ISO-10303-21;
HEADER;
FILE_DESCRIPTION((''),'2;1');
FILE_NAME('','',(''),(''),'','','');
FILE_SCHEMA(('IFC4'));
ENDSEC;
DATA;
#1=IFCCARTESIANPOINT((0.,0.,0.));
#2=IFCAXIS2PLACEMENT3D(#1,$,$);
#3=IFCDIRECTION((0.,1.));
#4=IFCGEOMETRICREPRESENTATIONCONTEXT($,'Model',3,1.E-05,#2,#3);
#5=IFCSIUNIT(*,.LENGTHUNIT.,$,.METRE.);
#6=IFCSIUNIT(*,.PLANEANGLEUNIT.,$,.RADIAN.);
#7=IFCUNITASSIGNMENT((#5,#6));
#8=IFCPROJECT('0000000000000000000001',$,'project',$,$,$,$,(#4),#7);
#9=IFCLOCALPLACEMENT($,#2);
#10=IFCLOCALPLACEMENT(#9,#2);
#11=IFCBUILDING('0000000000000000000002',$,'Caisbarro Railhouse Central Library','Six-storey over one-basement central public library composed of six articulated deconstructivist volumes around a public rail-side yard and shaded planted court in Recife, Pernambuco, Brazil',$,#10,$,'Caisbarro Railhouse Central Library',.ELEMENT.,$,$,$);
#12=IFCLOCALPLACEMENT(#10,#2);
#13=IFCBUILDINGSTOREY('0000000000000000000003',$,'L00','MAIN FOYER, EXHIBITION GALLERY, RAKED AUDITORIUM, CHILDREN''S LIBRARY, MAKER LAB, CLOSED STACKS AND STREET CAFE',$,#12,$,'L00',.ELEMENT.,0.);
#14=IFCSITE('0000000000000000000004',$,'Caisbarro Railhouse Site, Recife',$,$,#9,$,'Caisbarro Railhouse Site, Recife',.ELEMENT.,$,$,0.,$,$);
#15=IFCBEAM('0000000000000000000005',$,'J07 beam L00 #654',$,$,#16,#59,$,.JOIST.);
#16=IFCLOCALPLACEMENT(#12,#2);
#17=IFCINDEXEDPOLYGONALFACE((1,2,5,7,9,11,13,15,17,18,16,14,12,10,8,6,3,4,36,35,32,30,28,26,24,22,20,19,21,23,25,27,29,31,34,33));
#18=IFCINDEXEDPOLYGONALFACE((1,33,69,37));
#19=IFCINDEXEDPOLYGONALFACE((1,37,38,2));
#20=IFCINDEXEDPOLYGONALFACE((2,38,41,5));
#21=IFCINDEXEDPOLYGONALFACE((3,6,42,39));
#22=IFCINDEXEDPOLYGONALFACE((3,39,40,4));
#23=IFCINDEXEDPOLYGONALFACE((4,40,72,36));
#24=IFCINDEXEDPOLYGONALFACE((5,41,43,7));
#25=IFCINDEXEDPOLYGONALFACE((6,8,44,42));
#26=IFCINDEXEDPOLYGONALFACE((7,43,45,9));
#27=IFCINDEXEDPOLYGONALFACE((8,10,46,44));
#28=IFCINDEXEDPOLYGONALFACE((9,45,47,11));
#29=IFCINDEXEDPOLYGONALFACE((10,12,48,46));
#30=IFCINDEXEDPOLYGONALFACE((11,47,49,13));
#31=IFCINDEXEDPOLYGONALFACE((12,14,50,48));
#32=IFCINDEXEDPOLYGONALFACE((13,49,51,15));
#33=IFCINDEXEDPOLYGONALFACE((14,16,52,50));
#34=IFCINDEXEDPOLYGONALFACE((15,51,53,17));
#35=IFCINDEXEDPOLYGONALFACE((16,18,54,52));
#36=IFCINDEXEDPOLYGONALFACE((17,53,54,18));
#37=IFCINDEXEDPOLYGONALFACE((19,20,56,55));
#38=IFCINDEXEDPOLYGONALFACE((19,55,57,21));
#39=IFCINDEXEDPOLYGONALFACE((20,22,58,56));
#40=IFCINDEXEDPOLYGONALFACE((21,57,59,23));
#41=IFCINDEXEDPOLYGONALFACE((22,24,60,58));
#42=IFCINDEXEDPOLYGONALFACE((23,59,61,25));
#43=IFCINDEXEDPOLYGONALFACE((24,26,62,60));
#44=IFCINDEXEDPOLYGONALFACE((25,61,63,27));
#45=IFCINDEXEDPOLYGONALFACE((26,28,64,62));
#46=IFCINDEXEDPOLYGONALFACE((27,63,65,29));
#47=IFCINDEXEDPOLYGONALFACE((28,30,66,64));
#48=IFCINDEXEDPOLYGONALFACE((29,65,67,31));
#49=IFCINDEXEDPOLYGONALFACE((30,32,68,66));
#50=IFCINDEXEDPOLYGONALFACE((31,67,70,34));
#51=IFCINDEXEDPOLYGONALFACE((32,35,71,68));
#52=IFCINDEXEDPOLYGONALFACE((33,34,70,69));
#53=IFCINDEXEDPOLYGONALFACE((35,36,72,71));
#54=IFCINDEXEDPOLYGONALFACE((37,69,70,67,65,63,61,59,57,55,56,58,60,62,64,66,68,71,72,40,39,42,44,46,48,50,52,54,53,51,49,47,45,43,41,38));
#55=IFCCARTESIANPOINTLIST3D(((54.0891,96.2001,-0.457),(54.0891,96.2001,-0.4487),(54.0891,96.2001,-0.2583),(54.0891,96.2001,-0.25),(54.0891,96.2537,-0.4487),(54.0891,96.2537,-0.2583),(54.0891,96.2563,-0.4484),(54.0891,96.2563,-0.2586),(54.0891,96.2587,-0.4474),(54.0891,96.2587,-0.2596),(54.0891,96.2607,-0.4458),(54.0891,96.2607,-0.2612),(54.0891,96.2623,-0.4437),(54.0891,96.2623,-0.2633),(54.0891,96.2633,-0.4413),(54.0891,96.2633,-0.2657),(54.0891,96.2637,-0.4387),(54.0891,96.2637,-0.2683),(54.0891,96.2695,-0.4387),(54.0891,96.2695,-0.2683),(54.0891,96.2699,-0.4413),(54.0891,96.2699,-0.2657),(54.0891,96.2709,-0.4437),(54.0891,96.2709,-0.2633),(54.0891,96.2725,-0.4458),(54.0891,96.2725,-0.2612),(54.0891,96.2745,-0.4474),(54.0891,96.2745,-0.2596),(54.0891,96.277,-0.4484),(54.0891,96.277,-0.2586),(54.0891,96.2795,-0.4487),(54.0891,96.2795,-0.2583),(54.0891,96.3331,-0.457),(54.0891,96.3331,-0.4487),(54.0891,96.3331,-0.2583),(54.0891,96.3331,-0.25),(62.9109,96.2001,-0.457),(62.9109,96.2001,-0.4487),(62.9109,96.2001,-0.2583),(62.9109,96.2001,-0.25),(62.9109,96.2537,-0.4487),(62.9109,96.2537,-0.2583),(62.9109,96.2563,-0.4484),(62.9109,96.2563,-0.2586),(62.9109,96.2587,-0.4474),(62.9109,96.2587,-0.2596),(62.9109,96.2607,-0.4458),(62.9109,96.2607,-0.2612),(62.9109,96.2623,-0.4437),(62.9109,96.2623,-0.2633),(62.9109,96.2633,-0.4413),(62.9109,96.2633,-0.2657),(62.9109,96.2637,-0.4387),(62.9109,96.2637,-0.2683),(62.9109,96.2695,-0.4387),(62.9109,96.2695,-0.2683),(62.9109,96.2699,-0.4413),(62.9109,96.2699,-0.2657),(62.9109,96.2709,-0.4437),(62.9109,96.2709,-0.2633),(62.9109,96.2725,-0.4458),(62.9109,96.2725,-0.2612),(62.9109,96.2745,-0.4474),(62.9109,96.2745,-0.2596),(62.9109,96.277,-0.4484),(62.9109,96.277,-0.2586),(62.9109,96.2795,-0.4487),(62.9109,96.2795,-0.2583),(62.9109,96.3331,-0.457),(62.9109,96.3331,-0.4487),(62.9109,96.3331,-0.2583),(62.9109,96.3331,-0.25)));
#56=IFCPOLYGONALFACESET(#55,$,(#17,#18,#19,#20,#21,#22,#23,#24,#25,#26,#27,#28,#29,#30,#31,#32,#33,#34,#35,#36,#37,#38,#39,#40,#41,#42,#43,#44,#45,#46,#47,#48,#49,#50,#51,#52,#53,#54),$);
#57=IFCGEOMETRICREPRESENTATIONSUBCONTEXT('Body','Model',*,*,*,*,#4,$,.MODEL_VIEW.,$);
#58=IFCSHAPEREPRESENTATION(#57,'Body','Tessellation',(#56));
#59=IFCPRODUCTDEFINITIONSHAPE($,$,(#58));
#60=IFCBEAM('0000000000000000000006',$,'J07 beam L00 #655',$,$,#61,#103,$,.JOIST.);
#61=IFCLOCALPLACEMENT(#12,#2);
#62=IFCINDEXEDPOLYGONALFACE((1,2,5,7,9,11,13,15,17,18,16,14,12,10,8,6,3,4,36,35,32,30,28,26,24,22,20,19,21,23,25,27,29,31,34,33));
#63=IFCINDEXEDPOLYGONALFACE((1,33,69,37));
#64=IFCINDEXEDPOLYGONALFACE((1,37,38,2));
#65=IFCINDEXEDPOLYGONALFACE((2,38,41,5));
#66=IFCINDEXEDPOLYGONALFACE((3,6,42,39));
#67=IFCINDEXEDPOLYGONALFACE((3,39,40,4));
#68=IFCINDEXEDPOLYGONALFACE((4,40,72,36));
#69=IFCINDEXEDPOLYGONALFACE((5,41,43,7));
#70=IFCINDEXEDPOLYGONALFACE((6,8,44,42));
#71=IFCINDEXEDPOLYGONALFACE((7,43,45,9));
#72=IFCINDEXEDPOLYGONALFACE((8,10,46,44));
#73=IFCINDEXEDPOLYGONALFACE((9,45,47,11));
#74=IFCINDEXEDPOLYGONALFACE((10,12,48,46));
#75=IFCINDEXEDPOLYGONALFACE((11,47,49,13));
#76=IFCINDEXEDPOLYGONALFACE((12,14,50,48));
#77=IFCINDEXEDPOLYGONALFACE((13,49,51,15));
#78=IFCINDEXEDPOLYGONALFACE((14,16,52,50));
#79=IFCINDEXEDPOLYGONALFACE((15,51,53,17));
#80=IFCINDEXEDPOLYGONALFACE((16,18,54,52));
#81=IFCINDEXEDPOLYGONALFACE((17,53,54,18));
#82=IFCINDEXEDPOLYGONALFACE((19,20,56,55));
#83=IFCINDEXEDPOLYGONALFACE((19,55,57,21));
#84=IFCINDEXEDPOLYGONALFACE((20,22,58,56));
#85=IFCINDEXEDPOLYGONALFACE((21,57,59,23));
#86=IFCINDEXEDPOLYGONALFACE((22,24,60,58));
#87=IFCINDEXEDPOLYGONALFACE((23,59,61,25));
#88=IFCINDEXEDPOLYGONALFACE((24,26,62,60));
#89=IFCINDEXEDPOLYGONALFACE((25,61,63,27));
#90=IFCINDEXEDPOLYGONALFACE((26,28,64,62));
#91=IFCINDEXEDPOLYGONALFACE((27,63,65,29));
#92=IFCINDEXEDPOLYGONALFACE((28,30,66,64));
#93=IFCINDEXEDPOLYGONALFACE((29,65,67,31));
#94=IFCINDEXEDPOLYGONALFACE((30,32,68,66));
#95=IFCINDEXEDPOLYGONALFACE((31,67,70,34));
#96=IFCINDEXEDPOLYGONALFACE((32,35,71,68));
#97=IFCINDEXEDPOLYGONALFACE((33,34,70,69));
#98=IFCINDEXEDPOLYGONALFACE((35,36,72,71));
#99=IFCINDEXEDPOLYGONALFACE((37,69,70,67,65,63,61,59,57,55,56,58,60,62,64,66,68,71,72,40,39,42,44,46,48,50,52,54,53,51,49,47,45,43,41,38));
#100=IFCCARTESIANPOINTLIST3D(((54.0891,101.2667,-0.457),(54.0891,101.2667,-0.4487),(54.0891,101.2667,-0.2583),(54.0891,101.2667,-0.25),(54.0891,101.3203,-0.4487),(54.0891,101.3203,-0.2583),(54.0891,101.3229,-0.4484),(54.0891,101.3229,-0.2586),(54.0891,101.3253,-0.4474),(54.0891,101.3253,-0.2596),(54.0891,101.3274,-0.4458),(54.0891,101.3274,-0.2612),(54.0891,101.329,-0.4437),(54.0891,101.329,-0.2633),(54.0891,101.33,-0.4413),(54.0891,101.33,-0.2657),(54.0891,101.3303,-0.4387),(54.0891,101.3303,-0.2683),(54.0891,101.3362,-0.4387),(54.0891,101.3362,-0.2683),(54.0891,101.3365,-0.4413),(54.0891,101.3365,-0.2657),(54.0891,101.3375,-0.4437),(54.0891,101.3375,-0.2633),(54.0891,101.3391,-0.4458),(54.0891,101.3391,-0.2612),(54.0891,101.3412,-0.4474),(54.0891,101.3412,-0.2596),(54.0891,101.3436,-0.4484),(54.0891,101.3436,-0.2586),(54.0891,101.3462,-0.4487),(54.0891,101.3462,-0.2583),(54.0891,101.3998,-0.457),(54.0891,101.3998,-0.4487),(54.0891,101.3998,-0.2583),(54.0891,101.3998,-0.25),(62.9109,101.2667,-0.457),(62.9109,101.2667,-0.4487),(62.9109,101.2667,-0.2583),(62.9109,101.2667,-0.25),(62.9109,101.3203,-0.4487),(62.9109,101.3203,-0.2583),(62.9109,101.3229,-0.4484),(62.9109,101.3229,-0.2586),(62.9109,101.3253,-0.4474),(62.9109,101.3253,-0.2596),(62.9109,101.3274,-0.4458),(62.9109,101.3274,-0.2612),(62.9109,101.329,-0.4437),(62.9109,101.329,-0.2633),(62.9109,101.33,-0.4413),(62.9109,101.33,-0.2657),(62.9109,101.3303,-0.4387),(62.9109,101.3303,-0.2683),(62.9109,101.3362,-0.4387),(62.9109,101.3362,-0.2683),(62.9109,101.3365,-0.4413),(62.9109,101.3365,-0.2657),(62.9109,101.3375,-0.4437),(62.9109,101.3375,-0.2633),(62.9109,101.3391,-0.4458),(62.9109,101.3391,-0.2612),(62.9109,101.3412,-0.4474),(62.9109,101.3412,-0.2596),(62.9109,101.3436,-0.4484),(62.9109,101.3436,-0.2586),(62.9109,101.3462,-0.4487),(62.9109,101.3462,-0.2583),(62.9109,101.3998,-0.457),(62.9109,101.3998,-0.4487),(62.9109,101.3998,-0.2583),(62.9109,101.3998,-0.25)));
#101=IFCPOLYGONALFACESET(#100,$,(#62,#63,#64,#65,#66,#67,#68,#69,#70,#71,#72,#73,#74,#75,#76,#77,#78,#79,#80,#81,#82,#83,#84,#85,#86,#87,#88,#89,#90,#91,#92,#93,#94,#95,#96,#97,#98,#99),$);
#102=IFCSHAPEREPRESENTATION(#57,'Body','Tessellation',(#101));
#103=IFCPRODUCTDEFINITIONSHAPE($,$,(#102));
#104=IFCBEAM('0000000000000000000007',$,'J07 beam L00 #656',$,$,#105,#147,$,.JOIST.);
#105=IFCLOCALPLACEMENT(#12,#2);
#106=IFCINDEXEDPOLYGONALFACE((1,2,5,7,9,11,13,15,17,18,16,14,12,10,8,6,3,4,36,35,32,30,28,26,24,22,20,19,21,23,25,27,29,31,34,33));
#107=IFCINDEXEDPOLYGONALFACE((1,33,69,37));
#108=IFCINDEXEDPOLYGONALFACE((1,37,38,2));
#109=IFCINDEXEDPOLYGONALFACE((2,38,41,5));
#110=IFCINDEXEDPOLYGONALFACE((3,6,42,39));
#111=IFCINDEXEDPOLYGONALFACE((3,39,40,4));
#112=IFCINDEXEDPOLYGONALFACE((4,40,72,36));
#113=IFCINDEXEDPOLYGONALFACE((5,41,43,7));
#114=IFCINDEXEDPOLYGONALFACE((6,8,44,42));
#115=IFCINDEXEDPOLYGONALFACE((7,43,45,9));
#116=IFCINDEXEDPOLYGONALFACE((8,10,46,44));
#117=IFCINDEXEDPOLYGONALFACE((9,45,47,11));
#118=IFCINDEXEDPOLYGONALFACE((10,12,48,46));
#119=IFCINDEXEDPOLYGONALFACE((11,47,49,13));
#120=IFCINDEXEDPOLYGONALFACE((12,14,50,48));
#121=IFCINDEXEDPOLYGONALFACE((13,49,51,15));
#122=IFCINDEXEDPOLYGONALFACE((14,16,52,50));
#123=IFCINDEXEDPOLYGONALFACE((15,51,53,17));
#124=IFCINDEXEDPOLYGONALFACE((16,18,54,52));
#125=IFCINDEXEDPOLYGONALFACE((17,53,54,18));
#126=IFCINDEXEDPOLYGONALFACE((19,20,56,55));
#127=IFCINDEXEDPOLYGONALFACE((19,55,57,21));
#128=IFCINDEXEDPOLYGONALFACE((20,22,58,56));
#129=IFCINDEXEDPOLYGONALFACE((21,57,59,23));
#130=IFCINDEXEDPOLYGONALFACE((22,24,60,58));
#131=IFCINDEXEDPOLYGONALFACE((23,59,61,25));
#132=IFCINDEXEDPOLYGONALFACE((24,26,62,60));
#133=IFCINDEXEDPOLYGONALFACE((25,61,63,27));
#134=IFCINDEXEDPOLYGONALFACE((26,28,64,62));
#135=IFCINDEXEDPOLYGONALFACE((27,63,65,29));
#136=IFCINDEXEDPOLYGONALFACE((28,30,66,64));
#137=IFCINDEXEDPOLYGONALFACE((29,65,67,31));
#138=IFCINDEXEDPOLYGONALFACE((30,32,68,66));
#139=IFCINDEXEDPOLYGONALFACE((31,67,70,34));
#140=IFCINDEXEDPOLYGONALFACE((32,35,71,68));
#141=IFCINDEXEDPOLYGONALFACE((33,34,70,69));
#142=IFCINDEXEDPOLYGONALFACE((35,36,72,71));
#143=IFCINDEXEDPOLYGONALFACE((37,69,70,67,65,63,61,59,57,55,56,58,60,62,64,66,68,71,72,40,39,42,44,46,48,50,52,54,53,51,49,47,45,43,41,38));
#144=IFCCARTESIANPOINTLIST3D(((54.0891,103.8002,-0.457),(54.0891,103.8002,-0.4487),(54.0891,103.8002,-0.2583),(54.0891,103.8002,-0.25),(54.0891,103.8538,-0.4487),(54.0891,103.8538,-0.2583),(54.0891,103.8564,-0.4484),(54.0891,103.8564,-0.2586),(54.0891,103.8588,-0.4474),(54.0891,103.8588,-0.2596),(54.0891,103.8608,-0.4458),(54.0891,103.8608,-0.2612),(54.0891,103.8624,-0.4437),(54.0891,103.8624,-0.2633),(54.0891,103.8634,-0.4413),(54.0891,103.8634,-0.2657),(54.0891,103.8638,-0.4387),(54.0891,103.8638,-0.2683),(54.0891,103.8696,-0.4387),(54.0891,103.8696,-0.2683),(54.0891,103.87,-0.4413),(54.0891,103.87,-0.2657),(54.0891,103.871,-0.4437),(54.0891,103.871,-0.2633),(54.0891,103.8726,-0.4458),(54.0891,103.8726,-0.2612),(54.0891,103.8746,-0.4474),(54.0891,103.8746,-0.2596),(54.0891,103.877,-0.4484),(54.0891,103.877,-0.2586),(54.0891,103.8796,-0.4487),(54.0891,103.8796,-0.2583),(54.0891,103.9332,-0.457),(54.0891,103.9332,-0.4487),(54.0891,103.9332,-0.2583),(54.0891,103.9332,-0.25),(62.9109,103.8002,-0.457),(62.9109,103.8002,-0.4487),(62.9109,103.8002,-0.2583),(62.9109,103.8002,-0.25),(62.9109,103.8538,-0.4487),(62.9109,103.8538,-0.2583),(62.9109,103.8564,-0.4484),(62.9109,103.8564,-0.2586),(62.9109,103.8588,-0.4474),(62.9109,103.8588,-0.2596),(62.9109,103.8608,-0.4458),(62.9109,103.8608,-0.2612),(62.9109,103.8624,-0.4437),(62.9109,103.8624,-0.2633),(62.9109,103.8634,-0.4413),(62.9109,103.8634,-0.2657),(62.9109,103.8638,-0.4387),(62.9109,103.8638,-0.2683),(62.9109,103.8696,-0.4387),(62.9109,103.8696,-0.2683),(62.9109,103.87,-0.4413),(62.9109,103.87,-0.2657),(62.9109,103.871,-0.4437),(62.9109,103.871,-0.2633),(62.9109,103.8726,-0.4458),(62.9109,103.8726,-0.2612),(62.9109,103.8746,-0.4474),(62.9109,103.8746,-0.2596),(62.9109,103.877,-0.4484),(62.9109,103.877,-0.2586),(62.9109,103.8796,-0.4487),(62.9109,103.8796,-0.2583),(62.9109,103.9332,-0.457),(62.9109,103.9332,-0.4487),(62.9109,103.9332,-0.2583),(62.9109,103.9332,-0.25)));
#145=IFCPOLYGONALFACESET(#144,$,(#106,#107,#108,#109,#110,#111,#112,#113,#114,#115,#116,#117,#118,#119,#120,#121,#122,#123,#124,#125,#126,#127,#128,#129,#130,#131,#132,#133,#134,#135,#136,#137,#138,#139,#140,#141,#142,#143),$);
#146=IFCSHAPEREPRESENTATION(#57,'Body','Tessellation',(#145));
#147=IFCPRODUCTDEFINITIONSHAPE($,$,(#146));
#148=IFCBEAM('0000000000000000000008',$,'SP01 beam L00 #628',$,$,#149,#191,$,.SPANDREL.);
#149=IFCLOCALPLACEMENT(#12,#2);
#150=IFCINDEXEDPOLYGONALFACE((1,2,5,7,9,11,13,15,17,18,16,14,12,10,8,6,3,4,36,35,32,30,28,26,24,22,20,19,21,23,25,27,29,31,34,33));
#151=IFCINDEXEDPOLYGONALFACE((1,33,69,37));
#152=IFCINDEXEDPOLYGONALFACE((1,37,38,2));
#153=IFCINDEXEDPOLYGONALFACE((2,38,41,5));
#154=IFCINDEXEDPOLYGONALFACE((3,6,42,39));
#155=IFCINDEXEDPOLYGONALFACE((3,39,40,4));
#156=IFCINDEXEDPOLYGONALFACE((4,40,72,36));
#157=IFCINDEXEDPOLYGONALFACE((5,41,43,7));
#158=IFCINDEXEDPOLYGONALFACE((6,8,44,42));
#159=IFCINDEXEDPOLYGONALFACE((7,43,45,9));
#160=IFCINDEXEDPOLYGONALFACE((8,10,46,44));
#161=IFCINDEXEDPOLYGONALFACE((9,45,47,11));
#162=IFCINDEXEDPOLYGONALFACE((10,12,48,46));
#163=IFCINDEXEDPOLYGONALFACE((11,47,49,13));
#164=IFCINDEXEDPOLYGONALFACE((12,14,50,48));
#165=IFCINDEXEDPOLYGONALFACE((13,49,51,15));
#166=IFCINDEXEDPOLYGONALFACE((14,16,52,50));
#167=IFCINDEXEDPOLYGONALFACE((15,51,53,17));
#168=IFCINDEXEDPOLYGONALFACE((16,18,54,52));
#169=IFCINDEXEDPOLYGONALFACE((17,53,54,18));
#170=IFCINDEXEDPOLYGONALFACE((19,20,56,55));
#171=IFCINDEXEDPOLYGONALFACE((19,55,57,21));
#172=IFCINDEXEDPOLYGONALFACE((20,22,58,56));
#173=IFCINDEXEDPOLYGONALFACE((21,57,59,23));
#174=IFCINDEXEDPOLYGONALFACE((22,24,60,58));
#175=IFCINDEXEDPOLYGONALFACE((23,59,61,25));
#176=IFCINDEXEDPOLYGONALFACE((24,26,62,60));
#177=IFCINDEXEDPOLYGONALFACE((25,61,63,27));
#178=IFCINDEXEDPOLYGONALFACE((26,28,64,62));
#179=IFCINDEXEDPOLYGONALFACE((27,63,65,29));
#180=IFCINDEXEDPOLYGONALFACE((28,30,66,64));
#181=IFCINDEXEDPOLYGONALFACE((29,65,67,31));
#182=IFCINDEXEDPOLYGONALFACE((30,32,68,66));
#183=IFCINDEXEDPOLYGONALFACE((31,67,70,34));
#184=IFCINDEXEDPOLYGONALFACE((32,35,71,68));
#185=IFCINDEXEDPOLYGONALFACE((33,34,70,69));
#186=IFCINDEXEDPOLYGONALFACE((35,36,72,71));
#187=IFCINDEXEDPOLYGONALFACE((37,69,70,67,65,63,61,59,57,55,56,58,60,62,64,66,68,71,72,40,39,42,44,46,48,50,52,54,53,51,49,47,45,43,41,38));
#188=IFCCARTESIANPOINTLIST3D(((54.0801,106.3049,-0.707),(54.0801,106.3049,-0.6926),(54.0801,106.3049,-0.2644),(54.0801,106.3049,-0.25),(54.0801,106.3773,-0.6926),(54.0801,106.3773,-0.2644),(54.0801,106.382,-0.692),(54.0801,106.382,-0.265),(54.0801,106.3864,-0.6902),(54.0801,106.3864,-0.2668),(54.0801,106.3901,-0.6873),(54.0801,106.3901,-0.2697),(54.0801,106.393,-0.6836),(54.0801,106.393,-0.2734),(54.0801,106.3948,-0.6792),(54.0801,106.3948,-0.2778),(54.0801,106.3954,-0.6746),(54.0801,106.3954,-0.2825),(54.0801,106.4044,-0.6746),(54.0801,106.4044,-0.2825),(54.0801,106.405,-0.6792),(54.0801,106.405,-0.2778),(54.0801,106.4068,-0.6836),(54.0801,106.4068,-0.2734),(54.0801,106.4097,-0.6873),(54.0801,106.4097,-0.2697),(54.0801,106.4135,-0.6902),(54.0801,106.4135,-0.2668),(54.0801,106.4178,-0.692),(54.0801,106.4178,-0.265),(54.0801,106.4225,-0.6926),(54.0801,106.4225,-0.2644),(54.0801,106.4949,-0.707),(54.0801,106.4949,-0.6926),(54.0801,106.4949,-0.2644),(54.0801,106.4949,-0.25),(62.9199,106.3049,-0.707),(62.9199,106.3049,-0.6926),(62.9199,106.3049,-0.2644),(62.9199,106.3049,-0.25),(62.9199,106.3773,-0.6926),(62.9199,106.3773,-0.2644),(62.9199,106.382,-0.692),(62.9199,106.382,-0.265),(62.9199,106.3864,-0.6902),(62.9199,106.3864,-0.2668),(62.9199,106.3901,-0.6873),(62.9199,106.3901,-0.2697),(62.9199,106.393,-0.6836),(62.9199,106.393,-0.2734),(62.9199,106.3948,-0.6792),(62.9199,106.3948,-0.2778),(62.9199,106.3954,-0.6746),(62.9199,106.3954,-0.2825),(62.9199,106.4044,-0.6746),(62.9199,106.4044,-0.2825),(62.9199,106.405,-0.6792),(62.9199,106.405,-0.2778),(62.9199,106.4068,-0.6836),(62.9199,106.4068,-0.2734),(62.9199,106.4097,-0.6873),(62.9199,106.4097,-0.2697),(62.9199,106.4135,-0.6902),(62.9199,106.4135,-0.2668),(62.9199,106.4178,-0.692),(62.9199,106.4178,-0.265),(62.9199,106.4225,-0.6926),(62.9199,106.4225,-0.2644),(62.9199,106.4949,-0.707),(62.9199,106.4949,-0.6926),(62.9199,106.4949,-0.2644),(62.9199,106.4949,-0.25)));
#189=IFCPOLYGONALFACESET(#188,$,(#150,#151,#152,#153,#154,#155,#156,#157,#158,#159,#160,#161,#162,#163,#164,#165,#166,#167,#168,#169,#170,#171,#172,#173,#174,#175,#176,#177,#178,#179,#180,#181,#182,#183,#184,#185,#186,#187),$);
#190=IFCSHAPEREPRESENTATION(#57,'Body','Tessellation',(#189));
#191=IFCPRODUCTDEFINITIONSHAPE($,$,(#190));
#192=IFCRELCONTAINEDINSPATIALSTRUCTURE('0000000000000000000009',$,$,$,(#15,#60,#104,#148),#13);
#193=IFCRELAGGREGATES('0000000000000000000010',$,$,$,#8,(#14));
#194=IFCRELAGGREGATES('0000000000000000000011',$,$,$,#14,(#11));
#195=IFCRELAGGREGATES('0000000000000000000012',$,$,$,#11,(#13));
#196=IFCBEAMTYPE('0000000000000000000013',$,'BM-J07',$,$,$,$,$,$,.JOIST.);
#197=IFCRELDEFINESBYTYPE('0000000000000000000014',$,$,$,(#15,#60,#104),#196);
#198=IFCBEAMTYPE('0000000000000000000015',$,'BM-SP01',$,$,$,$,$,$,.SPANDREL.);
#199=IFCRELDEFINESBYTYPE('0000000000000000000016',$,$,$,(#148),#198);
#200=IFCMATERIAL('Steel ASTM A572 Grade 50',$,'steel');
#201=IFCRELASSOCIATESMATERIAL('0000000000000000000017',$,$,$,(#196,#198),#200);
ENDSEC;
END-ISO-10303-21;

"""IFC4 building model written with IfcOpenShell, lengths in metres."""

from ifc_helpers import new_model, si_unit, direction, frame, origin, origin_2d, place, context, subcontext, project, spatial, i_section, extrude, material, material_profile, profile_set, type_object, element, save


model = new_model("IFC4")

# Units and contexts
model_context = context("Model", 3, precision=1e-05, world=origin(), true_north=direction((0.0, 1.0)))
body_context = subcontext(model_context, "Body", "Model", "MODEL_VIEW")
ifc_project = project(units=[si_unit("LENGTHUNIT", "METRE"), si_unit("PLANEANGLEUNIT", "RADIAN")], contexts=[model_context])

# Site, building, storey
site_placement = place(None, origin())
site = spatial("IfcSite", under=ifc_project, at=site_placement, Name="Caisbarro Railhouse Site, Recife", LongName="Caisbarro Railhouse Site, Recife", CompositionType="ELEMENT", RefElevation=0.0)
building_placement = place(site_placement, origin())
building = spatial("IfcBuilding", under=site, at=building_placement, Name="Caisbarro Railhouse Central Library", Description="Six-storey over one-basement central public library composed of six articulated deconstructivist volumes around a public rail-side yard and shaded planted court in Recife, Pernambuco, Brazil", LongName="Caisbarro Railhouse Central Library", CompositionType="ELEMENT")
storey_placement = place(building_placement, origin())
storey = spatial("IfcBuildingStorey", under=building, at=storey_placement, Name="L00", Description="MAIN FOYER, EXHIBITION GALLERY, RAKED AUDITORIUM, CHILDREN'S LIBRARY, MAKER LAB, CLOSED STACKS AND STREET CAFE", LongName="L00", CompositionType="ELEMENT", Elevation=0.0)

# Shared definitions
ifc_material_1 = material(Name="Steel ASTM A572 Grade 50", Category="steel")

# Beams
ifc_material_profile_1 = material_profile(ifc_material_1, i_section(OverallWidth=0.1331, OverallDepth=0.207, WebThickness=0.0059, FlangeThickness=0.0083, FilletRadius=0.01, at=origin_2d()), Name="W200X26.6")
ifc_profile_set_1 = profile_set([ifc_material_profile_1], Name="Steel ASTM A572 Grade 50")
beam_type_1 = type_object("IfcBeamType", Name="BM-J07", PredefinedType="JOIST", material=ifc_profile_set_1)
for number, where, z_axis, x_axis, name in (
    (1, (54.0891, 96.2666, -0.3535), (1.0, 0.0, 0.0), (0.0, 1.0, 0.0), "J07 beam L00 #654"),
    (2, (54.0891, 101.3333, -0.3535), (1.0, 0.0, 0.0), (0.0, 1.0, 0.0), "J07 beam L00 #655"),
    (3, (54.0891, 103.8667, -0.3535), (1.0, 0.0, 0.0), (0.0, 1.0, 0.0), "J07 beam L00 #656"),
):
    element("IfcBeam", number, at=place(storey_placement, frame(where, z_axis=z_axis, x_axis=x_axis)), inside=storey, type_object=beam_type_1, Name=name, PredefinedType="JOIST", context=body_context, shape_type="SweptSolid", body=[
        extrude(i_section(OverallWidth=0.1331, OverallDepth=0.207, WebThickness=0.0059, FlangeThickness=0.0083, FilletRadius=0.01, at=origin_2d()), origin(), (0.0, 0.0, 1.0), 8.8218),
    ])
ifc_material_profile_2 = material_profile(ifc_material_1, i_section(OverallWidth=0.1899, OverallDepth=0.457, WebThickness=0.009, FlangeThickness=0.0144, FilletRadius=0.0181, at=origin_2d()), Name="W460X74.0")
ifc_profile_set_2 = profile_set([ifc_material_profile_2], Name="Steel ASTM A572 Grade 50")
beam_type_2 = type_object("IfcBeamType", Name="BM-SP01", PredefinedType="SPANDREL", material=ifc_profile_set_2)
beam_1_placement = place(storey_placement, frame((54.0801, 106.3999, -0.4785), z_axis=(1.0, 0.0, 0.0), x_axis=(0.0, 1.0, 0.0)))
element("IfcBeam", 4, at=beam_1_placement, inside=storey, type_object=beam_type_2, Name="SP01 beam L00 #628", PredefinedType="SPANDREL", context=body_context, shape_type="SweptSolid", body=[
    extrude(i_section(OverallWidth=0.1899, OverallDepth=0.457, WebThickness=0.009, FlangeThickness=0.0144, FilletRadius=0.0181, at=origin_2d()), origin(), (0.0, 0.0, 1.0), 8.8398),
])

save(model, "model.ifc")
